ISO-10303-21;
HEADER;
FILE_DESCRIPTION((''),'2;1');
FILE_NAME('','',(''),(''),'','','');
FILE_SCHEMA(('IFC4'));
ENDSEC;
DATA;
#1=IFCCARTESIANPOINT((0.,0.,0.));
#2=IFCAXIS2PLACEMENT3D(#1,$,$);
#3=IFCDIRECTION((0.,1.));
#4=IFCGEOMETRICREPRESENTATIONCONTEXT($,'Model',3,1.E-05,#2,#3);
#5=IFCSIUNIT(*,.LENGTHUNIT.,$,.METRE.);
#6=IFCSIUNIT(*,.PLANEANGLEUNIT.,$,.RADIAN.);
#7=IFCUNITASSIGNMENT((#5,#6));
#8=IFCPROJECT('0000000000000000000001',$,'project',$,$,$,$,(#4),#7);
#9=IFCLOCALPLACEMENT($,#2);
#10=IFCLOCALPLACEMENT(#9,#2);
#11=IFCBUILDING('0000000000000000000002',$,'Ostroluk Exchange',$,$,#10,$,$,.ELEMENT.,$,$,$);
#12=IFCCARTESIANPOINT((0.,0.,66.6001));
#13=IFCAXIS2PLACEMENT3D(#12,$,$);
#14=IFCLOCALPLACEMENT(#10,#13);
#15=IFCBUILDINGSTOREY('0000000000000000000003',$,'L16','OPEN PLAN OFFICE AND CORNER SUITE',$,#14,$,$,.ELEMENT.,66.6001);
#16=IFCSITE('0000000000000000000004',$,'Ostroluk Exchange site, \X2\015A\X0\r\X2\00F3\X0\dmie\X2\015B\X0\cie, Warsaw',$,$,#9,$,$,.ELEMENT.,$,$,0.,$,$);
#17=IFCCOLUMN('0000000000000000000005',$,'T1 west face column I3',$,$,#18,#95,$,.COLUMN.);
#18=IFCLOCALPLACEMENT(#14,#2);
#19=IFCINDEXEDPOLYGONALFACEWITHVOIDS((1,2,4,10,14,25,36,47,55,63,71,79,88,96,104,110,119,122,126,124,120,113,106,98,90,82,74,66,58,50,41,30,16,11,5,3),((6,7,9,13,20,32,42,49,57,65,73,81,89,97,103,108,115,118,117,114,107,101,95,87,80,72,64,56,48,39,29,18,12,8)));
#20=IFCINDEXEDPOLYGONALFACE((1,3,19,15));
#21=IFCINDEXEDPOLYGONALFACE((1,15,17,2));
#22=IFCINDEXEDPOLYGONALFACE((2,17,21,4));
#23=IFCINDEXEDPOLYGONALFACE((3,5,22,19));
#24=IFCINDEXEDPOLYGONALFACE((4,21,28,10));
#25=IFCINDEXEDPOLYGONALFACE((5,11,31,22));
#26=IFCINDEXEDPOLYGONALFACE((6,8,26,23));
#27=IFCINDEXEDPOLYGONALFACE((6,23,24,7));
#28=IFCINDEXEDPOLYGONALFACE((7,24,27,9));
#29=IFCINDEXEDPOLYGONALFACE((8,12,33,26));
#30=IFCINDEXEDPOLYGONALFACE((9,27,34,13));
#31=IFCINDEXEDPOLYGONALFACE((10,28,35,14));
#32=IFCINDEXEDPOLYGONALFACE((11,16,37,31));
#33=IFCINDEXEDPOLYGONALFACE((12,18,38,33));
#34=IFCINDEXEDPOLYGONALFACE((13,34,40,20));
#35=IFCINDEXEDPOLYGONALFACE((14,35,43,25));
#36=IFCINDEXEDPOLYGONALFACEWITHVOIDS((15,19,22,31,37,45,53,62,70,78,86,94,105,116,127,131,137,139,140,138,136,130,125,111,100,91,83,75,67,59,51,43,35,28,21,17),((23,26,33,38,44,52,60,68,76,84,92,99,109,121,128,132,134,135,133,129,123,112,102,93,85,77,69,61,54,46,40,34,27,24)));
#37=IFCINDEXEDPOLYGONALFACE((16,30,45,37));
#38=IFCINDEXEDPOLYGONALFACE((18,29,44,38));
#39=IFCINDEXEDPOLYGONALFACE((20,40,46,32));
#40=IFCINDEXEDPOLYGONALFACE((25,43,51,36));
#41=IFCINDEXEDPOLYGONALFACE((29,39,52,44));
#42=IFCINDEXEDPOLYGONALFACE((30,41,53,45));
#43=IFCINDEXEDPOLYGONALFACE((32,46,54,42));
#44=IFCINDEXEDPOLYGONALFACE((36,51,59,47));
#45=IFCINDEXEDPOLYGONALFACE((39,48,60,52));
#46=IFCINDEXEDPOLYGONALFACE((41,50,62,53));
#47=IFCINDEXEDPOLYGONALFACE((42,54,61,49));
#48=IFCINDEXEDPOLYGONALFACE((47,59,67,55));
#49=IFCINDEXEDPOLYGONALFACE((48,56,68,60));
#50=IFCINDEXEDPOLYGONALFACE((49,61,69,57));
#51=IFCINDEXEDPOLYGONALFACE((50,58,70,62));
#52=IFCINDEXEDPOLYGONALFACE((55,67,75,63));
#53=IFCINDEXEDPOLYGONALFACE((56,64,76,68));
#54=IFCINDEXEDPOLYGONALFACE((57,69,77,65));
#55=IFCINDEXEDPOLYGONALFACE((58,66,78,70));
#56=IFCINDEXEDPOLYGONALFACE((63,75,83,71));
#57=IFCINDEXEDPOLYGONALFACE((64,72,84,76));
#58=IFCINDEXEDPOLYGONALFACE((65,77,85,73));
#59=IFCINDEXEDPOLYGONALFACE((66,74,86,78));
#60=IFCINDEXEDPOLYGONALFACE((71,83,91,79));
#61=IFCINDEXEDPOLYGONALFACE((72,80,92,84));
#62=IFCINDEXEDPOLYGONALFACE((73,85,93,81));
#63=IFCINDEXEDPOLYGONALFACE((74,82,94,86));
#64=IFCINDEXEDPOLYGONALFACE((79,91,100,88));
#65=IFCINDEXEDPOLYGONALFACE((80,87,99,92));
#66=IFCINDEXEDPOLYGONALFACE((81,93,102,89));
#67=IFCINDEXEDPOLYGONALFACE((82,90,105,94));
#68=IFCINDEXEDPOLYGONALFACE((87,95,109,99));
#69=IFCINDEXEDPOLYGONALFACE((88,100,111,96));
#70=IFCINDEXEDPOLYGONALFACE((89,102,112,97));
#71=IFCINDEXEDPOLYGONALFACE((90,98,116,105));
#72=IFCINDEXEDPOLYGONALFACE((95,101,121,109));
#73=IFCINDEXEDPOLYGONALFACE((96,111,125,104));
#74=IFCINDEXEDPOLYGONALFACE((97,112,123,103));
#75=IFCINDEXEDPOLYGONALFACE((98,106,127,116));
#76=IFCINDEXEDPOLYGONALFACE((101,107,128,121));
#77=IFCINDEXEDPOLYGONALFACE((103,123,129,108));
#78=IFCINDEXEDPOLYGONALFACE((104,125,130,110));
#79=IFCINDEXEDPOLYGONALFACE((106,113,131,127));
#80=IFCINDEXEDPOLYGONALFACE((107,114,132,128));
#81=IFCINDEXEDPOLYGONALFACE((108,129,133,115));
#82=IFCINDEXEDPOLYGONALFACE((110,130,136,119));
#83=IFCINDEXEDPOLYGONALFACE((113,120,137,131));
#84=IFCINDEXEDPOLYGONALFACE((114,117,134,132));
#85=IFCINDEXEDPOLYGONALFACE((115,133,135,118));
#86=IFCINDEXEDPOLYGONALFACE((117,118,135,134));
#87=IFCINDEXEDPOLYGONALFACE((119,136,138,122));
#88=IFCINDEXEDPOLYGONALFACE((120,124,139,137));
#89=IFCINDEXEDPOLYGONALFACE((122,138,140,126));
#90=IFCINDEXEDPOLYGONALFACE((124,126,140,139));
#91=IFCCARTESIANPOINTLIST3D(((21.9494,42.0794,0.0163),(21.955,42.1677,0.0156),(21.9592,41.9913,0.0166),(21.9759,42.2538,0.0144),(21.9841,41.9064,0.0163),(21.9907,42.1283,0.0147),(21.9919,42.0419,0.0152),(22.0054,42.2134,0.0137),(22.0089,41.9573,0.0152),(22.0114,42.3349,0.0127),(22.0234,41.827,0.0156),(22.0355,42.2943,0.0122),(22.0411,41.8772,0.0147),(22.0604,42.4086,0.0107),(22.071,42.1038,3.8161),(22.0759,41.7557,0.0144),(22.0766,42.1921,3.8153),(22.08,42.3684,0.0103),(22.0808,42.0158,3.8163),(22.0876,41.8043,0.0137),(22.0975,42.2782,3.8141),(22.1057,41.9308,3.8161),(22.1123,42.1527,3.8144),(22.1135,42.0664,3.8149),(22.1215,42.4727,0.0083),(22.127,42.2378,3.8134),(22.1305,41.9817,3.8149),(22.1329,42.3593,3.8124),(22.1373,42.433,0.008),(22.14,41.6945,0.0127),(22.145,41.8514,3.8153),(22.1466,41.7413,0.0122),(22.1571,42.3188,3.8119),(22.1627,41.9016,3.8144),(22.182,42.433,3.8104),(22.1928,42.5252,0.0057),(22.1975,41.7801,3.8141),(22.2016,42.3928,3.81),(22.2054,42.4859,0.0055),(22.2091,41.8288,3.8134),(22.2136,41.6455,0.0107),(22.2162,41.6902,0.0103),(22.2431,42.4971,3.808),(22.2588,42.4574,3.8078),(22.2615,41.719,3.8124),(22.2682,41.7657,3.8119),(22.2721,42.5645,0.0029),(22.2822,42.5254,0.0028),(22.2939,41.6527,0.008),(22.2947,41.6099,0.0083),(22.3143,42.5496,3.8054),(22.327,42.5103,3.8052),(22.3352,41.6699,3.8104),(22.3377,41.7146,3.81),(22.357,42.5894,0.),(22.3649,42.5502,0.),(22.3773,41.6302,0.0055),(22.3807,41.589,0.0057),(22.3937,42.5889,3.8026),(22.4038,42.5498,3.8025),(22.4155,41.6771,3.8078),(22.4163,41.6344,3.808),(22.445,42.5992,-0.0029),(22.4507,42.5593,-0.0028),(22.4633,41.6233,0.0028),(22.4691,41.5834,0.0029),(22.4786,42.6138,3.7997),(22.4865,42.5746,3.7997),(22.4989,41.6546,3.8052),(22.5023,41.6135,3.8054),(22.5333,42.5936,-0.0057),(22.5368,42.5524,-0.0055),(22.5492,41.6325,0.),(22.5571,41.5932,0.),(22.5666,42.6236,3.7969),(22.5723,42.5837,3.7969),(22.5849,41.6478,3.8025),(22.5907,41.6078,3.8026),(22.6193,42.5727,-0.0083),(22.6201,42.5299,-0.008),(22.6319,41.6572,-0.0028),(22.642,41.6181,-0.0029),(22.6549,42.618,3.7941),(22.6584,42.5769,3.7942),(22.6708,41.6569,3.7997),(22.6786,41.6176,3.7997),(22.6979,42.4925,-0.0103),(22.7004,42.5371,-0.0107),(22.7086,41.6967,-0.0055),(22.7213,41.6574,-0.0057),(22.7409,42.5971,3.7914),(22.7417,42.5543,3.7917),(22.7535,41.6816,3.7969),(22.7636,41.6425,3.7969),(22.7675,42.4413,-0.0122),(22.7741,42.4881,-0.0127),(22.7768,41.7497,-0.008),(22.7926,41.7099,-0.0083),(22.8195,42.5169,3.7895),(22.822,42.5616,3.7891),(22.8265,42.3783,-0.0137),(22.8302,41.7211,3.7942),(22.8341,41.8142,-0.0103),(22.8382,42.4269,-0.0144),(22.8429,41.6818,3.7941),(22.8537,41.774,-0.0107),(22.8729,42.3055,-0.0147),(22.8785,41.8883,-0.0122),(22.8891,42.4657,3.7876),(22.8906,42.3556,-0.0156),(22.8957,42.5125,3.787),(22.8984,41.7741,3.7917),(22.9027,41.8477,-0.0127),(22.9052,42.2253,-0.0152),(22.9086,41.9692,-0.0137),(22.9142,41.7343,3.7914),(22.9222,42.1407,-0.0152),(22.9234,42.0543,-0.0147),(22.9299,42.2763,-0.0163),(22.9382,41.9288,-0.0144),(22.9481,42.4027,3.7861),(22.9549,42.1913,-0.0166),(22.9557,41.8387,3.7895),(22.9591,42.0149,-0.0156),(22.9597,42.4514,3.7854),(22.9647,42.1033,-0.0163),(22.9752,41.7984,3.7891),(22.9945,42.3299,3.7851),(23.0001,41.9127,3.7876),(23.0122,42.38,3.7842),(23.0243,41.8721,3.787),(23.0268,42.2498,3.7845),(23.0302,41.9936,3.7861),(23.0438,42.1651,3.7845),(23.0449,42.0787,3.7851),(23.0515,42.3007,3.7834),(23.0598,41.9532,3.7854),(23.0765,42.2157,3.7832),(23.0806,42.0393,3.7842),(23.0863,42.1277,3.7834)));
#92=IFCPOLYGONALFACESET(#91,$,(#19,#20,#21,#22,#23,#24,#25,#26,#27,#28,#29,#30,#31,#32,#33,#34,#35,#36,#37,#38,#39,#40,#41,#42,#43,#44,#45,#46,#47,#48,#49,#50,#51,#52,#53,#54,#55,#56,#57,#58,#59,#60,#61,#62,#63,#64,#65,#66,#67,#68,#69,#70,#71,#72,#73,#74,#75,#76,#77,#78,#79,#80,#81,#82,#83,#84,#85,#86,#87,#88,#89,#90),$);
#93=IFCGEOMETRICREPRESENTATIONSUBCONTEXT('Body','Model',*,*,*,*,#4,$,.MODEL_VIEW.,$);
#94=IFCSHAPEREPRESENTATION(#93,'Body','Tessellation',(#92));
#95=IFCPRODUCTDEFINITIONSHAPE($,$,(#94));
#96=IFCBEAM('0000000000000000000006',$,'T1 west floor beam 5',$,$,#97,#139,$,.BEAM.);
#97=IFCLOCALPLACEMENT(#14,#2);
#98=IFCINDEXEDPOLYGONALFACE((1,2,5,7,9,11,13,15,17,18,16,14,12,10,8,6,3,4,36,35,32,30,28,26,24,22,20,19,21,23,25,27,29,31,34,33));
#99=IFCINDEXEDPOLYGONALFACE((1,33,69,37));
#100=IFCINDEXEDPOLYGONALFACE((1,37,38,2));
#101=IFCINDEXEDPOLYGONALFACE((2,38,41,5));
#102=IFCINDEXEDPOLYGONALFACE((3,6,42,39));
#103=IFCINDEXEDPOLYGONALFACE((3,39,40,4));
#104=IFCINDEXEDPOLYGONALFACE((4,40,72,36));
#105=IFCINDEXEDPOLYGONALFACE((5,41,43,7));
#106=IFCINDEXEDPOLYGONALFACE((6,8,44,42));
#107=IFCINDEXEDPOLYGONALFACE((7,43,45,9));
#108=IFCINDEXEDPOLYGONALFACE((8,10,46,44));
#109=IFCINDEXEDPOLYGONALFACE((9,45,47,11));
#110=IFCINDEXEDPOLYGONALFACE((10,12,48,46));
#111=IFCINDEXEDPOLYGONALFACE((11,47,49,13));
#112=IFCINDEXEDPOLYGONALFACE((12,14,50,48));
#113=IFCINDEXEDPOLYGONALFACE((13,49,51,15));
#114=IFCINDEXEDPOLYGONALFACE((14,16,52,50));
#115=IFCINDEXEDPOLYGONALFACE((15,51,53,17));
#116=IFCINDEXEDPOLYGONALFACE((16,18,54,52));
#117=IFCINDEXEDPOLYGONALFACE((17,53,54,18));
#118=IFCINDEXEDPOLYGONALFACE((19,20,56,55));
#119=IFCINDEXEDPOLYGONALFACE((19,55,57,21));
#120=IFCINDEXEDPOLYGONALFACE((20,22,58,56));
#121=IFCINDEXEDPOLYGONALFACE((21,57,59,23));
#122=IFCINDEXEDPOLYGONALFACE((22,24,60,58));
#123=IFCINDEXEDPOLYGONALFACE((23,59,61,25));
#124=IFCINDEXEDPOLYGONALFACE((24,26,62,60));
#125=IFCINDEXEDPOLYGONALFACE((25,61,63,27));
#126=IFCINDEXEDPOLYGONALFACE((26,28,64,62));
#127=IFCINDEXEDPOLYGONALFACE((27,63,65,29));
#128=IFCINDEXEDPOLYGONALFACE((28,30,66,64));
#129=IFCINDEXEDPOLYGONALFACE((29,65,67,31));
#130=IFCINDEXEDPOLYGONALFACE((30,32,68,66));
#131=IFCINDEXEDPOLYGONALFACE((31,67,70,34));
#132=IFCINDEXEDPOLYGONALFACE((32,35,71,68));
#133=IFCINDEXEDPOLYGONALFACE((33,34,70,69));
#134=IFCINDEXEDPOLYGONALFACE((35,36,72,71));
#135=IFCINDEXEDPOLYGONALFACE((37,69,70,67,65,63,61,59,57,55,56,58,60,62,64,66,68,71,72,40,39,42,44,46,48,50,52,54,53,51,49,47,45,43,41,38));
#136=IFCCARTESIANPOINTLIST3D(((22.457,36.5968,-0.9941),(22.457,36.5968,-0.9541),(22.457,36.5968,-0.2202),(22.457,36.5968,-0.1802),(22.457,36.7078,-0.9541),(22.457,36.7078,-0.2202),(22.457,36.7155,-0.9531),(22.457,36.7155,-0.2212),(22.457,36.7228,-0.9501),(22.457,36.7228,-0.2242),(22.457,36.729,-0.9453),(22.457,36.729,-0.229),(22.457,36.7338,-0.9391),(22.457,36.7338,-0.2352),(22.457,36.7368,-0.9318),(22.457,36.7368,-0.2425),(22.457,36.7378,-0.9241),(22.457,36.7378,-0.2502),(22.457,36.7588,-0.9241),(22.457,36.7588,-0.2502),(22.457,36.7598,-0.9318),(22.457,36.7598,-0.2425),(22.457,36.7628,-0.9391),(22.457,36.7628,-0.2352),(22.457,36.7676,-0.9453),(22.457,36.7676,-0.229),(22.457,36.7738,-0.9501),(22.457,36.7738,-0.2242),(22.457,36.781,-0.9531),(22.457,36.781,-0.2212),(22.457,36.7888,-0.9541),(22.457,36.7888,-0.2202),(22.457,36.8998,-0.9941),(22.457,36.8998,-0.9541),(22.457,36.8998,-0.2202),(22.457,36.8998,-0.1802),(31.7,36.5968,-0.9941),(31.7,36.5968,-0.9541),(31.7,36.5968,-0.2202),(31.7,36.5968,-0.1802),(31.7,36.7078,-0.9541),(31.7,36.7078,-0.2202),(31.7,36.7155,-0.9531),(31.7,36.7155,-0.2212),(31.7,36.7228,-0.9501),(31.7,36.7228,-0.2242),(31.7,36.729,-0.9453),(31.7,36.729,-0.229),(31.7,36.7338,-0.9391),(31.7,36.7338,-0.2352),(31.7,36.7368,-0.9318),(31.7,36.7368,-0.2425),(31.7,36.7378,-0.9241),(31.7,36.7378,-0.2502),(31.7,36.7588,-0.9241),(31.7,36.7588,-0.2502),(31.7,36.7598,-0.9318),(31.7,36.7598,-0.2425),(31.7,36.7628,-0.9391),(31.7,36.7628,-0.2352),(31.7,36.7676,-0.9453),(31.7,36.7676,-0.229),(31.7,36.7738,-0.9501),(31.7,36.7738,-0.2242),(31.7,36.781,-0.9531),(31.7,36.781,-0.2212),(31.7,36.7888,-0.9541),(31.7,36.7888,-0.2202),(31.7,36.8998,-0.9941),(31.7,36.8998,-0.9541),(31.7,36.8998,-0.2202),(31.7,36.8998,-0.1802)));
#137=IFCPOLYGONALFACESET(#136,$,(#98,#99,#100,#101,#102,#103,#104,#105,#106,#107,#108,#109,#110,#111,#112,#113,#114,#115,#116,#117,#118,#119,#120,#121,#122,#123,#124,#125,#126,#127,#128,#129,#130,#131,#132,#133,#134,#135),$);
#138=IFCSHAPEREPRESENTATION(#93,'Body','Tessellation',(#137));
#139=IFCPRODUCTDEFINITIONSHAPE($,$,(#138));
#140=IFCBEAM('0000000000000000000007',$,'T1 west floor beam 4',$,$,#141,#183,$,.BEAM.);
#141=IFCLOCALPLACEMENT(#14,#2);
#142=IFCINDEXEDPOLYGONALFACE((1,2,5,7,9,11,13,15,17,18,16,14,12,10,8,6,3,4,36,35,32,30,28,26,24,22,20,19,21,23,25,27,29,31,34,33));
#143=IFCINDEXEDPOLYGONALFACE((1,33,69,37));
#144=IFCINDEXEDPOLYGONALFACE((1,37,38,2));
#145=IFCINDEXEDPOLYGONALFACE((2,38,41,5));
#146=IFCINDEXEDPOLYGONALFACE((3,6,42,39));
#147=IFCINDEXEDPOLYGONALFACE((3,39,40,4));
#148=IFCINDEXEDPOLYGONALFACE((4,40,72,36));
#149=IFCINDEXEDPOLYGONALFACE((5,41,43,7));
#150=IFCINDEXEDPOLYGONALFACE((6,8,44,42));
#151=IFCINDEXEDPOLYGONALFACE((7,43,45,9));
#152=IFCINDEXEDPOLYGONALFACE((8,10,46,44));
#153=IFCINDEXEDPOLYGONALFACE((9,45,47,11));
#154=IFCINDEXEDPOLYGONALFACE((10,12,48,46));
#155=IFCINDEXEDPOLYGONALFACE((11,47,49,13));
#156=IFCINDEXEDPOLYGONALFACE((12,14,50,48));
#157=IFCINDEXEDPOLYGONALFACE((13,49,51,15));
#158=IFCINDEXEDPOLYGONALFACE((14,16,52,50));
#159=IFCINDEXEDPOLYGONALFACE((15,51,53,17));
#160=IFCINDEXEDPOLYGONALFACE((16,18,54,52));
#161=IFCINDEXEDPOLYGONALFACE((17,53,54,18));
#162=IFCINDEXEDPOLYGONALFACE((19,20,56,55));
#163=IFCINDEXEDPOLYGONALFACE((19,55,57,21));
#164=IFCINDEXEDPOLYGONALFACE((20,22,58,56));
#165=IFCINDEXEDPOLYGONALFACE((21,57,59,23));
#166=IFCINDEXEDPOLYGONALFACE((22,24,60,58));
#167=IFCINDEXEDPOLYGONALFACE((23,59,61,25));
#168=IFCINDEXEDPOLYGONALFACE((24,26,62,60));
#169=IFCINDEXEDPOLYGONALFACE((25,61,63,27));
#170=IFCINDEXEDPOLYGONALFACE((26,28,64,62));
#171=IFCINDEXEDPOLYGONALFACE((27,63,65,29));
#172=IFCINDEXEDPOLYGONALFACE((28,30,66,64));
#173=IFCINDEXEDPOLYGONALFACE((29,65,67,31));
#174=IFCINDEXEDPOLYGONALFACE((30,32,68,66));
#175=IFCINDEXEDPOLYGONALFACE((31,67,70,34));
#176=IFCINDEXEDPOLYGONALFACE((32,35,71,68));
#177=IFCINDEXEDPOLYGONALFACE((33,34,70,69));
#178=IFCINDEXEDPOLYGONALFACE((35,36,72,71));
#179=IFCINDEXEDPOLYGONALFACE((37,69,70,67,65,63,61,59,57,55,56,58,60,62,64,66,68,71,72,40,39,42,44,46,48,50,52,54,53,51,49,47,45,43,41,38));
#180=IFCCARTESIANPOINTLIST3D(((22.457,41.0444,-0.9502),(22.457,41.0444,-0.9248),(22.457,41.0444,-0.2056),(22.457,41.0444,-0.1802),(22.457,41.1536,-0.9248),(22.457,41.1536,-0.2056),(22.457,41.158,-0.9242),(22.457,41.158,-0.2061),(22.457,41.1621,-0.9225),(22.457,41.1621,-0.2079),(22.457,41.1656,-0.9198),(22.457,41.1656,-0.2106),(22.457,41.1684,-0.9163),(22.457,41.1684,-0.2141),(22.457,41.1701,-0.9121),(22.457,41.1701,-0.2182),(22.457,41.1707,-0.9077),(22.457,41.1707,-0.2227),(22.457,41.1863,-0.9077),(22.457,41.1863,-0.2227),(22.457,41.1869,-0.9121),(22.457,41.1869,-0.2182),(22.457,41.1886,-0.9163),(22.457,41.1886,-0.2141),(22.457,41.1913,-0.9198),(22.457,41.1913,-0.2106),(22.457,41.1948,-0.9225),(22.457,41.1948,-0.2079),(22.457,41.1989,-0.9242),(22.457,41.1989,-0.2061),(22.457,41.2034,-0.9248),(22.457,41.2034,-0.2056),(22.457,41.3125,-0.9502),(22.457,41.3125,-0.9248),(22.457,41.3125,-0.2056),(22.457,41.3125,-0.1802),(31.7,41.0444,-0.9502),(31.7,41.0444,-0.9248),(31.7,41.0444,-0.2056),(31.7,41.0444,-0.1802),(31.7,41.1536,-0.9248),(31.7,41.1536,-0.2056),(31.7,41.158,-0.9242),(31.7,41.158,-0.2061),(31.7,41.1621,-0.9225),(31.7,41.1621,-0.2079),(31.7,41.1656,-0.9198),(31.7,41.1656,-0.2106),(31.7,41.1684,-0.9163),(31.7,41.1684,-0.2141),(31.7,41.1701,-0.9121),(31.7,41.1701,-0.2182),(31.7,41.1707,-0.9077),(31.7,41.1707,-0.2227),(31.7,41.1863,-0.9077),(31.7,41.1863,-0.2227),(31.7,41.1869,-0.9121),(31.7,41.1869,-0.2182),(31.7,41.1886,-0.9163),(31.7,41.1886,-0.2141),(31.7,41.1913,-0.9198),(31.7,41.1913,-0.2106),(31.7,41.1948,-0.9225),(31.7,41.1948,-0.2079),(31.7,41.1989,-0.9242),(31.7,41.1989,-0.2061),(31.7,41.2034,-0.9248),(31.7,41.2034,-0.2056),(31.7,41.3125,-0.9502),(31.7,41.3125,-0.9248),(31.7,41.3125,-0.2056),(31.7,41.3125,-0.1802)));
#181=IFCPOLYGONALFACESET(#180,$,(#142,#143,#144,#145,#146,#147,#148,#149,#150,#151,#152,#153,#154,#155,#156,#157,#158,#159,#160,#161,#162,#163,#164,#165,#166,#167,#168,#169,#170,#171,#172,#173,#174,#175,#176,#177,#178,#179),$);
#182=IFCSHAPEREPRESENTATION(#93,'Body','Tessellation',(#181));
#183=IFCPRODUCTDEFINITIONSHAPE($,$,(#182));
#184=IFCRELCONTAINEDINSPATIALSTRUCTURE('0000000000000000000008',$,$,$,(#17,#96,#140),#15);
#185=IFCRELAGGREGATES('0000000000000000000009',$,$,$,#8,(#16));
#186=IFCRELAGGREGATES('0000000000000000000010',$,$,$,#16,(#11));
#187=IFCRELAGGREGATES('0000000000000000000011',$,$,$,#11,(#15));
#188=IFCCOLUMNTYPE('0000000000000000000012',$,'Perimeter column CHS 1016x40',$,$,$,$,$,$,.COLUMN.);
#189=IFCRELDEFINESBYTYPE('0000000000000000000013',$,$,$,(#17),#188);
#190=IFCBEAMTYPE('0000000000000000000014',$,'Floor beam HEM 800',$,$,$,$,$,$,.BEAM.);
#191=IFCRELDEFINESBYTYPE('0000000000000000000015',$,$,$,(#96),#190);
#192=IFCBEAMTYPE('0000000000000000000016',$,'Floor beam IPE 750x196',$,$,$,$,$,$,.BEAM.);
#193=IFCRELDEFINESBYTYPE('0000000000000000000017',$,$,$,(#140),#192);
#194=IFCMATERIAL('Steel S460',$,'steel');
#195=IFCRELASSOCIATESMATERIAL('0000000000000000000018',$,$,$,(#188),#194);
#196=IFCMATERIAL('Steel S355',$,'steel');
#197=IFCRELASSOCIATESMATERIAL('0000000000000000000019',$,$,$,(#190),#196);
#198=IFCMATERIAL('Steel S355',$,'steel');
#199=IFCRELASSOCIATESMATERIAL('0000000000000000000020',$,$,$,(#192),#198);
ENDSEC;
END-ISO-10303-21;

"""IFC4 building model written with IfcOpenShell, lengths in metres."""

from ifc_helpers import new_model, si_unit, direction, frame, origin, origin_2d, place, context, subcontext, project, spatial, hollow_circle, i_section, extrude, material, material_profile, profile_set, type_object, element, save


model = new_model("IFC4")

# Units and contexts
model_context = context("Model", 3, precision=1e-05, world=origin(), true_north=direction((0.0, 1.0)))
body_context = subcontext(model_context, "Body", "Model", "MODEL_VIEW")
ifc_project = project(units=[si_unit("LENGTHUNIT", "METRE"), si_unit("PLANEANGLEUNIT", "RADIAN")], contexts=[model_context])

# Site, building, storey
site_placement = place(None, origin())
site = spatial("IfcSite", under=ifc_project, at=site_placement, Name="Ostroluk Exchange site, Śródmieście, Warsaw", CompositionType="ELEMENT", RefElevation=0.0)
building_placement = place(site_placement, origin())
building = spatial("IfcBuilding", under=site, at=building_placement, Name="Ostroluk Exchange", CompositionType="ELEMENT")
storey_placement = place(building_placement, frame((0.0, 0.0, 66.6001)))
storey = spatial("IfcBuildingStorey", under=building, at=storey_placement, Name="L16", Description="OPEN PLAN OFFICE AND CORNER SUITE", CompositionType="ELEMENT", Elevation=66.6001)

# Column
ifc_material_1 = material(Name="Steel S460", Category="steel")
ifc_material_profile_1 = material_profile(ifc_material_1, hollow_circle(Radius=0.5081, WallThickness=0.04, at=origin_2d()), Name="CHS 1016x40")
ifc_profile_set_1 = profile_set([ifc_material_profile_1], Name="Steel S460")
column_type = type_object("IfcColumnType", Name="Perimeter column CHS 1016x40", PredefinedType="COLUMN", material=ifc_profile_set_1)
column_placement = place(storey_placement, frame((22.457, 42.0913, 0.0), z_axis=(0.03198, 0.006422, 0.999468), x_axis=(-0.196873, 0.980429, 0.0)))
element("IfcColumn", 1, at=column_placement, inside=storey, type_object=column_type, Name="T1 west face column I3", PredefinedType="COLUMN", context=body_context, shape_type="SweptSolid", body=[
    extrude(hollow_circle(Radius=0.5081, WallThickness=0.04, at=origin_2d()), origin(), (0.0, 0.0, 1.0), 3.8018),
])

# Beams
ifc_material_2 = material(Name="Steel S355", Category="steel")
ifc_material_profile_2 = material_profile(ifc_material_2, i_section(OverallWidth=0.303, OverallDepth=0.814, WebThickness=0.021, FlangeThickness=0.04, FilletRadius=0.03, at=origin_2d()), Name="HEM 800")
ifc_profile_set_2 = profile_set([ifc_material_profile_2], Name="Steel S355")
beam_type_1 = type_object("IfcBeamType", Name="Floor beam HEM 800", PredefinedType="BEAM", material=ifc_profile_set_2)
beam_1_placement = place(storey_placement, frame((31.7, 36.7483, -0.5872), z_axis=(-1.0, 0.0, 0.0), x_axis=(0.0, -1.0, 0.0)))
element("IfcBeam", 2, at=beam_1_placement, inside=storey, type_object=beam_type_1, Name="T1 west floor beam 5", PredefinedType="BEAM", context=body_context, shape_type="SweptSolid", body=[
    extrude(i_section(OverallWidth=0.303, OverallDepth=0.814, WebThickness=0.021, FlangeThickness=0.04, FilletRadius=0.03, at=origin_2d()), origin(), (0.0, 0.0, 1.0), 9.2429),
])
ifc_material_3 = material(Name="Steel S355", Category="steel")
ifc_material_profile_3 = material_profile(ifc_material_3, i_section(OverallWidth=0.2681, OverallDepth=0.77, WebThickness=0.0156, FlangeThickness=0.0254, FilletRadius=0.0171, at=origin_2d()), Name="IPE 750x196")
ifc_profile_set_3 = profile_set([ifc_material_profile_3], Name="Steel S355")
beam_type_2 = type_object("IfcBeamType", Name="Floor beam IPE 750x196", PredefinedType="BEAM", material=ifc_profile_set_3)
beam_2_placement = place(storey_placement, frame((31.7, 41.1785, -0.5652), z_axis=(-1.0, 0.0, 0.0), x_axis=(0.0, -1.0, 0.0)))
element("IfcBeam", 3, at=beam_2_placement, inside=storey, type_object=beam_type_2, Name="T1 west floor beam 4", PredefinedType="BEAM", context=body_context, shape_type="SweptSolid", body=[
    extrude(i_section(OverallWidth=0.2681, OverallDepth=0.77, WebThickness=0.0156, FlangeThickness=0.0254, FilletRadius=0.0171, at=origin_2d()), origin(), (0.0, 0.0, 1.0), 9.2429),
])

save(model, "model.ifc")
